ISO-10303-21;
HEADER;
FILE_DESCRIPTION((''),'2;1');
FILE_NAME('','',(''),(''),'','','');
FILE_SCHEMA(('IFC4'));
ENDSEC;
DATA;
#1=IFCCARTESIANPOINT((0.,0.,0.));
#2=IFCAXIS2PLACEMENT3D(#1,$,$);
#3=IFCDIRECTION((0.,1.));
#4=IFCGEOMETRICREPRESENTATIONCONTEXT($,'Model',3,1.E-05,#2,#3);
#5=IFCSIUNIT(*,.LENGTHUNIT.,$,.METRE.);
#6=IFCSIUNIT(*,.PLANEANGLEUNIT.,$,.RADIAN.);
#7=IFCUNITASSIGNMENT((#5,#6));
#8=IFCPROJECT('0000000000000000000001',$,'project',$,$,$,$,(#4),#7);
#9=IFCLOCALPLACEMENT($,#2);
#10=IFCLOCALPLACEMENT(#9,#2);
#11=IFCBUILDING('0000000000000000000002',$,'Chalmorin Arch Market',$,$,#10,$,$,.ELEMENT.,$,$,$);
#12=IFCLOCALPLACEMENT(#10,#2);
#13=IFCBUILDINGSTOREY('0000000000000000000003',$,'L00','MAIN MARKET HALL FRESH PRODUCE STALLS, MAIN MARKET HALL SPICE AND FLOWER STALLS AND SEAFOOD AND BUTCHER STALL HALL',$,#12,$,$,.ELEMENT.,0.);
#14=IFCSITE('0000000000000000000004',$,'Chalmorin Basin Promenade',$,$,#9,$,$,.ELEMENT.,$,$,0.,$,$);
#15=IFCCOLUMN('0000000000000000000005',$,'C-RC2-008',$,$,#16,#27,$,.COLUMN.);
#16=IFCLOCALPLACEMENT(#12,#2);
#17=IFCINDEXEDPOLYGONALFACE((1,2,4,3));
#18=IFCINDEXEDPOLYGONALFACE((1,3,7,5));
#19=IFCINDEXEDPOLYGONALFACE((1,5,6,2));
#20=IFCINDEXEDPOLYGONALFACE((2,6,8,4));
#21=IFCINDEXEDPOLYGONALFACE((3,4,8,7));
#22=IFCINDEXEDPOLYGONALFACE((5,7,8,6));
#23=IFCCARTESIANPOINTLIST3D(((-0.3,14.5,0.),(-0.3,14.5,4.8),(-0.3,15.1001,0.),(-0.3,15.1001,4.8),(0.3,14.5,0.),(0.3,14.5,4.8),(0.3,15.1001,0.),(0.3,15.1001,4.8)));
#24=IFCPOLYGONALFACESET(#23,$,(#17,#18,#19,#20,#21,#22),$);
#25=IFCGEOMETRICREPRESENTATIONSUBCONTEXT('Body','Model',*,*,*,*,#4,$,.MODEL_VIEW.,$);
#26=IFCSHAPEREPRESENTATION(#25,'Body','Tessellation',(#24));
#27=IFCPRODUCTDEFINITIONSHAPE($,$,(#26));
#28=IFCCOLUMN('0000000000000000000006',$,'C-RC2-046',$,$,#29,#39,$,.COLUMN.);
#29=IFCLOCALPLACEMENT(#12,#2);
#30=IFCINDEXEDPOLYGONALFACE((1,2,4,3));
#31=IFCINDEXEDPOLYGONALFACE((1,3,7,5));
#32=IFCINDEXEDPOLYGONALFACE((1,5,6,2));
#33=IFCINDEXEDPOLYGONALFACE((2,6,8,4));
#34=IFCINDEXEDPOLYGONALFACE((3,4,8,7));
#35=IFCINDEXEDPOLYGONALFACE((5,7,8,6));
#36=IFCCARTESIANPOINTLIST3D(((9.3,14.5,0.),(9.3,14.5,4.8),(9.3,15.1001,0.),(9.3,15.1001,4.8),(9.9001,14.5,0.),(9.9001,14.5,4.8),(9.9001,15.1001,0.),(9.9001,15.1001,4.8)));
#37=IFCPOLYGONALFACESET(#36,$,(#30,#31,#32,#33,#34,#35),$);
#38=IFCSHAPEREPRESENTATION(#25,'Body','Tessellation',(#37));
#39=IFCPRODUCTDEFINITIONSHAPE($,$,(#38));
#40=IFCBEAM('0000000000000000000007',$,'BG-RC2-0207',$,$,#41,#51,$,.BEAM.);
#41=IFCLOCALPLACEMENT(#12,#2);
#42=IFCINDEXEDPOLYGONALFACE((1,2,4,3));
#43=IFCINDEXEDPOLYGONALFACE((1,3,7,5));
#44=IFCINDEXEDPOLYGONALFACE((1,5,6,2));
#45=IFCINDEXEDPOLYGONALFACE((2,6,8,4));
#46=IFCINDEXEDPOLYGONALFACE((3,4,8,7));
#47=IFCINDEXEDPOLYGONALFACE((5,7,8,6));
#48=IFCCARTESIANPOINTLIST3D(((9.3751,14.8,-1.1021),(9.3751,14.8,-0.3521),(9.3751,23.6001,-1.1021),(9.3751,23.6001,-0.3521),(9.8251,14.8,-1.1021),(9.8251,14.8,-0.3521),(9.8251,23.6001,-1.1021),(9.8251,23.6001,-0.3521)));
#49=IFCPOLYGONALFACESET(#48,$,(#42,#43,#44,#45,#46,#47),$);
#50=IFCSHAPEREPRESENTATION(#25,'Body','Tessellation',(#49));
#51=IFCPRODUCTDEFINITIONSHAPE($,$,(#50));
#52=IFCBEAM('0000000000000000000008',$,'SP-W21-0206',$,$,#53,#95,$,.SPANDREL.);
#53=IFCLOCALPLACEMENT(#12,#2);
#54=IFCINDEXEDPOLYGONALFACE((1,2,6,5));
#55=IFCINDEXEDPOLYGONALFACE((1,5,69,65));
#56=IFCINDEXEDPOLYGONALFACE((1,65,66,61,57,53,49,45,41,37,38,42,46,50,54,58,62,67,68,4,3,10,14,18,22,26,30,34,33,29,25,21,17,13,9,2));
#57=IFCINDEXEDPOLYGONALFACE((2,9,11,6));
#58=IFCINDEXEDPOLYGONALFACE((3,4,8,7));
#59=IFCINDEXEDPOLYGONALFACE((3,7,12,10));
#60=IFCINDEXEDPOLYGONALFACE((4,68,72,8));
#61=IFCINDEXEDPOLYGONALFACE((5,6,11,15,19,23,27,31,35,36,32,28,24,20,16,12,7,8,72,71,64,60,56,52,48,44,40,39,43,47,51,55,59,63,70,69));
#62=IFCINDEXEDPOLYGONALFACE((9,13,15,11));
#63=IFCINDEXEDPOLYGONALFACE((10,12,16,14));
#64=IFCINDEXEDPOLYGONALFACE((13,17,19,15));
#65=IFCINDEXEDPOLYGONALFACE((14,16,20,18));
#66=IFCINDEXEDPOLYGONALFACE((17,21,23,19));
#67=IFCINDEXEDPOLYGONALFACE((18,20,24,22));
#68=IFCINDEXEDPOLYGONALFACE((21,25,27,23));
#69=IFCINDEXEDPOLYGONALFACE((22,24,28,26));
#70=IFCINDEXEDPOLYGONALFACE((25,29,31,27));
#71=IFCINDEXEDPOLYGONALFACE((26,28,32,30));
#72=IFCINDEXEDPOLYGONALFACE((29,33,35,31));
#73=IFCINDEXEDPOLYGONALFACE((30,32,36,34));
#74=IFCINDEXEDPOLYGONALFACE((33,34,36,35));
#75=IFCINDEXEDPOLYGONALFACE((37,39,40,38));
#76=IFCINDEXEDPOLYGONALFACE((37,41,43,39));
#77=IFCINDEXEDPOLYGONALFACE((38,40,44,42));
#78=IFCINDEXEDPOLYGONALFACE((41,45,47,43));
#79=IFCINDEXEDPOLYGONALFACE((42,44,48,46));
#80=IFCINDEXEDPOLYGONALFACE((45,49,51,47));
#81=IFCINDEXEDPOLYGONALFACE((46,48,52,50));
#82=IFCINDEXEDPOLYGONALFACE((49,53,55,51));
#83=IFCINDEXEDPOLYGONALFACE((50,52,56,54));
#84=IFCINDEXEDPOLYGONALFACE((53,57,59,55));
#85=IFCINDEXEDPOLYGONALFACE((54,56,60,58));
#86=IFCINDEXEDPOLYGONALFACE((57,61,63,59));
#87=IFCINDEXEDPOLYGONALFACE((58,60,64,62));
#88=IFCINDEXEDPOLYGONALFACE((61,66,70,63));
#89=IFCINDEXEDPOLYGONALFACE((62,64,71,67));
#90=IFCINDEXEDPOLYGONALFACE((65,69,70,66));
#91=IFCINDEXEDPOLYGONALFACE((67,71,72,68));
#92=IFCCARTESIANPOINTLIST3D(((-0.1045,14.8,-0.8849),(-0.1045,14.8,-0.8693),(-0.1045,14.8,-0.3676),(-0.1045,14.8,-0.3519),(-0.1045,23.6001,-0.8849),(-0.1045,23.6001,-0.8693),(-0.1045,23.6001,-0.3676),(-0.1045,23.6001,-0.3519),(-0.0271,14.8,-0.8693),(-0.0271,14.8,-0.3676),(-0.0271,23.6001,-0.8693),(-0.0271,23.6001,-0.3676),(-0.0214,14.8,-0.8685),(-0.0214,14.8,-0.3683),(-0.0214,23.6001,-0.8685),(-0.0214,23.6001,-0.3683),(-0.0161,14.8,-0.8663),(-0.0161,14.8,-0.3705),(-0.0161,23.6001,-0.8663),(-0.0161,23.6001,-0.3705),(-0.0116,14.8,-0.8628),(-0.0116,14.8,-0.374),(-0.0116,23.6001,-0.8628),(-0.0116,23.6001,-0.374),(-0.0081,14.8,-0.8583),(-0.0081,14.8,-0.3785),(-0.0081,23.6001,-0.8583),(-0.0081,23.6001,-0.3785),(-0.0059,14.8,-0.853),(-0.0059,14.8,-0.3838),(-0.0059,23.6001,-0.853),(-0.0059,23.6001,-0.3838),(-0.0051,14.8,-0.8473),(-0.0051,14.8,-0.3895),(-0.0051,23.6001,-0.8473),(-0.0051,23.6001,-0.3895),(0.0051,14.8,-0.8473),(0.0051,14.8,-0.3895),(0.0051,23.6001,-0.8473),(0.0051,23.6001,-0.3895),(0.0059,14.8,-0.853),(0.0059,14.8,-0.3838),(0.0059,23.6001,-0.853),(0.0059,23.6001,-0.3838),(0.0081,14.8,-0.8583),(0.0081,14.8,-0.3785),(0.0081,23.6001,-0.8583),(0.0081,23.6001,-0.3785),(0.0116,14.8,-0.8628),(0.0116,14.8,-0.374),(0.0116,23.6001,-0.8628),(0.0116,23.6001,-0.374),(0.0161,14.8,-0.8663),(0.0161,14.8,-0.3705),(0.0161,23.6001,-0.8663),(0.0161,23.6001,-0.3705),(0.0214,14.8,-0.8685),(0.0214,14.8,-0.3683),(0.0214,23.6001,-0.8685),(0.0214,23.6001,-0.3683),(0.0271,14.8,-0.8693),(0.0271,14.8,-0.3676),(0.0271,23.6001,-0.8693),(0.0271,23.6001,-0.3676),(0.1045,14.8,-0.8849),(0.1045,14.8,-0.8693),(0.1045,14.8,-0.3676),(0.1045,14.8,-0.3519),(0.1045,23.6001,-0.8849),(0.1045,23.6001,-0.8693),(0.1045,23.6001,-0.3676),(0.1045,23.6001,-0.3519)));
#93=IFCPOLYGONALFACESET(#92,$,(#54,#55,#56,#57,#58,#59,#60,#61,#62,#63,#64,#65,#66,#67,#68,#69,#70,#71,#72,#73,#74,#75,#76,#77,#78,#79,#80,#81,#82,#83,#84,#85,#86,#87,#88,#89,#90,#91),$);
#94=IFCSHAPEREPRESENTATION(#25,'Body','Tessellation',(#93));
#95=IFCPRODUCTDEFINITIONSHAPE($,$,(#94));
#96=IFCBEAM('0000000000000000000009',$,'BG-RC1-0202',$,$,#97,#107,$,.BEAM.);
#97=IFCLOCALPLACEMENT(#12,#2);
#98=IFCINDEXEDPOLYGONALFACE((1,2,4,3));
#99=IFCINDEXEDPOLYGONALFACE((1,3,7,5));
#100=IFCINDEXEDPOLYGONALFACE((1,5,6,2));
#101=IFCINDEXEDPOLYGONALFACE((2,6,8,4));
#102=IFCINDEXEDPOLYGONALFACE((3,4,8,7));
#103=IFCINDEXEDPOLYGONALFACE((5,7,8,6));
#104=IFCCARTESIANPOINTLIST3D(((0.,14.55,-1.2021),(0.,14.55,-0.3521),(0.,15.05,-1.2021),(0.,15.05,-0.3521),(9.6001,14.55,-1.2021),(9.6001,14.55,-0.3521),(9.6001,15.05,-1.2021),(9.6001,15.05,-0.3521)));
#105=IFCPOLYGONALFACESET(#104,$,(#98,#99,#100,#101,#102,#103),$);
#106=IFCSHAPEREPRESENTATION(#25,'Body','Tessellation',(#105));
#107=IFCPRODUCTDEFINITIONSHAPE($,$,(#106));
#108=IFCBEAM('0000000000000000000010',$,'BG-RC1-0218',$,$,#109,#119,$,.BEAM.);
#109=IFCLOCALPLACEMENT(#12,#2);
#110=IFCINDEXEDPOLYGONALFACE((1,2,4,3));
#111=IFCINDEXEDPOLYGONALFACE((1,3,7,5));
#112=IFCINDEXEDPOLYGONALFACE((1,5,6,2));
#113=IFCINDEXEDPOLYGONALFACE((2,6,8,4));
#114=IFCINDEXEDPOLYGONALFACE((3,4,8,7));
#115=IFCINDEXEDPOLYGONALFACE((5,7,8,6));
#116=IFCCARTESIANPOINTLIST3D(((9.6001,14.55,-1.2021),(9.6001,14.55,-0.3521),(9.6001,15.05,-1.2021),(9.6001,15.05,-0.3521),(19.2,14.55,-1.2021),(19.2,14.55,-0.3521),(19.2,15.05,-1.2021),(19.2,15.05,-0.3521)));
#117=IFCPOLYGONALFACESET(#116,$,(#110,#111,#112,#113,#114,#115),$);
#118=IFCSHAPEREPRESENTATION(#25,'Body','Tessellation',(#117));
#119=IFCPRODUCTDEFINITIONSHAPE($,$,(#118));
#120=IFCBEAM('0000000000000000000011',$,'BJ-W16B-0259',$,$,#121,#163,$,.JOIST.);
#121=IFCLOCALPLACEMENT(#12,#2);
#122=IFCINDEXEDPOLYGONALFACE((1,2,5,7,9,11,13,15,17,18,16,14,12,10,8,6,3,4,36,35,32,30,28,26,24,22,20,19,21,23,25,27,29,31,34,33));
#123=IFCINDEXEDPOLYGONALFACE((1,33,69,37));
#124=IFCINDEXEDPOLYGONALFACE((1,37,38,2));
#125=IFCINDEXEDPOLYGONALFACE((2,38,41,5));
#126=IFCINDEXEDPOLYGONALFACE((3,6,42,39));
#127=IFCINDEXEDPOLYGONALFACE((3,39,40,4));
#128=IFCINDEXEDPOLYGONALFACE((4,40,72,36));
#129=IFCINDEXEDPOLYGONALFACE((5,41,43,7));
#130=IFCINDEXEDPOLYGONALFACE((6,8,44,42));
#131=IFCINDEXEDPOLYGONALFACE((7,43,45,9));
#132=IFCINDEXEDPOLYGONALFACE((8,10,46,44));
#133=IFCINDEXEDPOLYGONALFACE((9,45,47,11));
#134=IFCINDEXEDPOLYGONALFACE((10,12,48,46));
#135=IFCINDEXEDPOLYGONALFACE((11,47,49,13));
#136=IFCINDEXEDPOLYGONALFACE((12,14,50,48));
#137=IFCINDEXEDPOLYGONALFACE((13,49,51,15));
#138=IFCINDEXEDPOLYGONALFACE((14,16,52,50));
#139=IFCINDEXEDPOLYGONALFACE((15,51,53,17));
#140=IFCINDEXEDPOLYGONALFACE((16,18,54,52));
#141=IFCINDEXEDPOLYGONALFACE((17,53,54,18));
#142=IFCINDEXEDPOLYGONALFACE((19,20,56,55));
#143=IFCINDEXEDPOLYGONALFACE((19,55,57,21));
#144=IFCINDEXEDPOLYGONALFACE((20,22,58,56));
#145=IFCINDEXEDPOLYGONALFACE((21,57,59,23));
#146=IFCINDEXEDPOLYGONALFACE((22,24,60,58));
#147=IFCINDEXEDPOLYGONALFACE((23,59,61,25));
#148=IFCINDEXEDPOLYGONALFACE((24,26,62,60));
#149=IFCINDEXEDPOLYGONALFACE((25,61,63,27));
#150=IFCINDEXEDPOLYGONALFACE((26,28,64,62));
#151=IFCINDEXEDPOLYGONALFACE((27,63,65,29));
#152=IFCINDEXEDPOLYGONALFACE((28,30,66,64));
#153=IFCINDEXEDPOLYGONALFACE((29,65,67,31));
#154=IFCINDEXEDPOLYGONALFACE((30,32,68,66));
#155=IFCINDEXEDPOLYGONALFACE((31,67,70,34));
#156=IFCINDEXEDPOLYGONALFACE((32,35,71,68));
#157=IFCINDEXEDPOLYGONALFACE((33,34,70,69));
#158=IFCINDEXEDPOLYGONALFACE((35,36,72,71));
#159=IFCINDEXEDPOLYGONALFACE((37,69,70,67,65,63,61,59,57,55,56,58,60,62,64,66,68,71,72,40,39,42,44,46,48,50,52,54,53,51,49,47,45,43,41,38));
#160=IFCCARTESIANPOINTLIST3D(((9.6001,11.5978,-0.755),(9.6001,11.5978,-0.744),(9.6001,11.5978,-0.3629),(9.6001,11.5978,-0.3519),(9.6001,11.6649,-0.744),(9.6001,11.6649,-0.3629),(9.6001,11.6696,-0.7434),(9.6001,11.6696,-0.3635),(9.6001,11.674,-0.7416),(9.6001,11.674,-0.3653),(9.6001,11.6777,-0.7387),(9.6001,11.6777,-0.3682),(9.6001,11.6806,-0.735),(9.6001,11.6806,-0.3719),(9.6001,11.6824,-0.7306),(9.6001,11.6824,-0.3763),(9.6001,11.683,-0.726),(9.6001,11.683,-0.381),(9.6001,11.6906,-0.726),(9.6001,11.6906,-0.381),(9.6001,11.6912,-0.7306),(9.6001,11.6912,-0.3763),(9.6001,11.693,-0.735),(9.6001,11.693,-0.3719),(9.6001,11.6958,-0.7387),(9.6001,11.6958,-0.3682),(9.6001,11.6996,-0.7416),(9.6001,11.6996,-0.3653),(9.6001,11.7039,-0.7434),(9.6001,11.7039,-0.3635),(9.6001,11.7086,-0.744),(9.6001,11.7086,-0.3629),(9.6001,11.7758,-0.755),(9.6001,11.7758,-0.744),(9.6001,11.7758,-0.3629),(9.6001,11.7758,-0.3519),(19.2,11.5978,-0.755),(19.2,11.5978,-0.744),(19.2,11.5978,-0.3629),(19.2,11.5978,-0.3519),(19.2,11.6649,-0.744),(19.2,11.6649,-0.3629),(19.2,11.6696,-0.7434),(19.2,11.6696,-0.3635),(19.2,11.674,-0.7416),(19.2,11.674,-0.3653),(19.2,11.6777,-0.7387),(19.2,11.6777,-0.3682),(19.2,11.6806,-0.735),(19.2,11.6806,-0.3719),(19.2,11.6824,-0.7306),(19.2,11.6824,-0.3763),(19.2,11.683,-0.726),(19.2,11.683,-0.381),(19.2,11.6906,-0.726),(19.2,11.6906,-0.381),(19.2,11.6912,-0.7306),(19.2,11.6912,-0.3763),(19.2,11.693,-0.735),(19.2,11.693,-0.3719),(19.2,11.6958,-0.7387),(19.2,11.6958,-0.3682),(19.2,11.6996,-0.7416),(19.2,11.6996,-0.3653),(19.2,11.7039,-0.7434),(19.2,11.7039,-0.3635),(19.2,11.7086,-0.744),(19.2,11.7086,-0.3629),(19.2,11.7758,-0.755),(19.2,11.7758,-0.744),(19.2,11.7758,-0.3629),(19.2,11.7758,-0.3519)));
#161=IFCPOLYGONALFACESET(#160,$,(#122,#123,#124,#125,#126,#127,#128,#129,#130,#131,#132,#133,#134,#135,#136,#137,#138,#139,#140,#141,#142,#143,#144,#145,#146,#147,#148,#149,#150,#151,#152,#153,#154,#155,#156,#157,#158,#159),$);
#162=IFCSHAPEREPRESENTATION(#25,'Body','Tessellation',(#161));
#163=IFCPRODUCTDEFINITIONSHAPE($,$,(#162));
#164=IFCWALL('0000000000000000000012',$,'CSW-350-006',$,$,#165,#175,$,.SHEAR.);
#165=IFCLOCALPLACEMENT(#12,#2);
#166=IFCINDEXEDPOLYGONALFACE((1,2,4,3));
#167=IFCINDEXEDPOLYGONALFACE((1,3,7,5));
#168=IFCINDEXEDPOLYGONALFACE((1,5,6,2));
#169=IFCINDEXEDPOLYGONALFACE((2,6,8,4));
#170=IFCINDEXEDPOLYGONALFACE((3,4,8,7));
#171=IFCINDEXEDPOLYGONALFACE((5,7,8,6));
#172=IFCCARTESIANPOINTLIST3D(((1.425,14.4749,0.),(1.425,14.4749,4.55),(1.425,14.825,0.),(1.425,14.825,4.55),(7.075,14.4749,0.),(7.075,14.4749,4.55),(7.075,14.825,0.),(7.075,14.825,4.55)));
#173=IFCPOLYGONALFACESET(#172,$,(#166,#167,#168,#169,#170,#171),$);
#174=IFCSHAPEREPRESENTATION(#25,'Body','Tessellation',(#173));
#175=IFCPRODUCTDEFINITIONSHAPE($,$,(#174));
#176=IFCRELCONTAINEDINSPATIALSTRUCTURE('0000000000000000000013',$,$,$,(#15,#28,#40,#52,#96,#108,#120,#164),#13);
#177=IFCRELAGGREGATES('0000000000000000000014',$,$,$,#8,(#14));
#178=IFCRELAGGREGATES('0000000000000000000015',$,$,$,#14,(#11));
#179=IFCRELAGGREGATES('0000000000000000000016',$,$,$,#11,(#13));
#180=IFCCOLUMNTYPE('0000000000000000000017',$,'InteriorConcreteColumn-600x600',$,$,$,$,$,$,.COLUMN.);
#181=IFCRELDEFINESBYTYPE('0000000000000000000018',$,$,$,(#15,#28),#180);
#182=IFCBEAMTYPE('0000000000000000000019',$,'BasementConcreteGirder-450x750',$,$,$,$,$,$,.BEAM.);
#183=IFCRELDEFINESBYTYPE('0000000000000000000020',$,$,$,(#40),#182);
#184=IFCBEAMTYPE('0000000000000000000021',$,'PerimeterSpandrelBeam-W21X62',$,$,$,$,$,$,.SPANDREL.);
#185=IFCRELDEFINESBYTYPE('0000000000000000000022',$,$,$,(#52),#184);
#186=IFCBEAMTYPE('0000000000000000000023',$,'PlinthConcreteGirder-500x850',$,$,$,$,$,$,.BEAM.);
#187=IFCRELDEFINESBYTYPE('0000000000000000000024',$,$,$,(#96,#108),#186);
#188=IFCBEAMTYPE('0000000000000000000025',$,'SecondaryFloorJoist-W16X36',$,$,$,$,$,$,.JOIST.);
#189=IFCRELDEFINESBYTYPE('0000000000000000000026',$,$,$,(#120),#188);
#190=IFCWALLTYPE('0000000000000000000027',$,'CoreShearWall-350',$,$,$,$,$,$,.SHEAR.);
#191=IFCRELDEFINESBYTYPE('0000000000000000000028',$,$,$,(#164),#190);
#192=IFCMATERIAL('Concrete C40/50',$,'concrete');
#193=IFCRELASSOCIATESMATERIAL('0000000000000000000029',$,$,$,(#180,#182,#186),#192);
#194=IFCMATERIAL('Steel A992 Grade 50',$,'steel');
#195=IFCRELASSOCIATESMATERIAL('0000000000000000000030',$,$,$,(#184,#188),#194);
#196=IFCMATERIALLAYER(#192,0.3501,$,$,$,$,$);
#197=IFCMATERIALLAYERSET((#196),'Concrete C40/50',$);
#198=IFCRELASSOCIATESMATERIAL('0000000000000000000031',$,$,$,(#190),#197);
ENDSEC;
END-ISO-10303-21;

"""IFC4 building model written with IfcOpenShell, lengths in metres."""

from ifc_helpers import new_model, si_unit, direction, frame, frame_2d, origin, origin_2d, place, context, subcontext, project, spatial, rectangle, i_section, extrude, material, layer, layer_set, material_profile, profile_set, type_object, element, save


model = new_model("IFC4")

# Units and contexts
model_context = context("Model", 3, precision=1e-05, world=origin(), true_north=direction((0.0, 1.0)))
body_context = subcontext(model_context, "Body", "Model", "MODEL_VIEW")
ifc_project = project(units=[si_unit("LENGTHUNIT", "METRE"), si_unit("PLANEANGLEUNIT", "RADIAN")], contexts=[model_context])

# Site, building, storey
site_placement = place(None, origin())
site = spatial("IfcSite", under=ifc_project, at=site_placement, Name="Chalmorin Basin Promenade", CompositionType="ELEMENT", RefElevation=0.0)
building_placement = place(site_placement, origin())
building = spatial("IfcBuilding", under=site, at=building_placement, Name="Chalmorin Arch Market", CompositionType="ELEMENT")
storey_placement = place(building_placement, origin())
storey = spatial("IfcBuildingStorey", under=building, at=storey_placement, Name="L00", Description="MAIN MARKET HALL FRESH PRODUCE STALLS, MAIN MARKET HALL SPICE AND FLOWER STALLS AND SEAFOOD AND BUTCHER STALL HALL", CompositionType="ELEMENT", Elevation=0.0)

# Columns
ifc_material_1 = material(Name="Concrete C40/50", Category="concrete")
ifc_material_profile_1 = material_profile(ifc_material_1, rectangle(XDim=0.6001, YDim=0.6001, at=origin_2d()), Name="RC600X600")
ifc_profile_set_1 = profile_set([ifc_material_profile_1], Name="Concrete C40/50")
column_type = type_object("IfcColumnType", Name="InteriorConcreteColumn-600x600", PredefinedType="COLUMN", material=ifc_profile_set_1)
for number, where, z_axis, x_axis, name in (
    (1, (0.0, 14.8, 0.0), (0.0, 0.0, 1.0), (1.0, 0.0, 0.0), "C-RC2-008"),
    (2, (9.6001, 14.8, 0.0), (0.0, 0.0, 1.0), (1.0, 0.0, 0.0), "C-RC2-046"),
):
    element("IfcColumn", number, at=place(storey_placement, frame(where, z_axis=z_axis, x_axis=x_axis)), inside=storey, type_object=column_type, Name=name, PredefinedType="COLUMN", context=body_context, shape_type="SweptSolid", body=[
        extrude(rectangle(XDim=0.6001, YDim=0.6001, at=origin_2d()), origin(), (0.0, 0.0, 1.0), 4.8),
    ])

# Beams
ifc_material_profile_2 = material_profile(ifc_material_1, rectangle(XDim=0.45, YDim=0.75, at=origin_2d()), Name="RC450X750")
ifc_profile_set_2 = profile_set([ifc_material_profile_2], Name="Concrete C40/50")
beam_type_1 = type_object("IfcBeamType", Name="BasementConcreteGirder-450x750", PredefinedType="BEAM", material=ifc_profile_set_2)
beam_1_placement = place(storey_placement, frame((9.6001, 14.8, -0.7271), z_axis=(0.0, 1.0, 0.0), x_axis=(-1.0, 0.0, 0.0)))
element("IfcBeam", 3, at=beam_1_placement, inside=storey, type_object=beam_type_1, Name="BG-RC2-0207", PredefinedType="BEAM", context=body_context, shape_type="SweptSolid", body=[
    extrude(rectangle(XDim=0.45, YDim=0.75, at=origin_2d()), origin(), (0.0, 0.0, 1.0), 8.8),
])
ifc_material_2 = material(Name="Steel A992 Grade 50", Category="steel")
ifc_material_profile_3 = material_profile(ifc_material_2, i_section(OverallWidth=0.209, OverallDepth=0.533, WebThickness=0.0103, FlangeThickness=0.0156, FilletRadius=0.022, at=origin_2d()), Name="W21X62")
ifc_profile_set_3 = profile_set([ifc_material_profile_3], Name="Steel A992 Grade 50")
beam_type_2 = type_object("IfcBeamType", Name="PerimeterSpandrelBeam-W21X62", PredefinedType="SPANDREL", material=ifc_profile_set_3)
beam_2_placement = place(storey_placement, frame((0.0, 14.8, -0.6184), z_axis=(0.0, 1.0, 0.0), x_axis=(-1.0, 0.0, 0.0)))
element("IfcBeam", 4, at=beam_2_placement, inside=storey, type_object=beam_type_2, Name="SP-W21-0206", PredefinedType="SPANDREL", context=body_context, shape_type="SweptSolid", body=[
    extrude(i_section(OverallWidth=0.209, OverallDepth=0.533, WebThickness=0.0103, FlangeThickness=0.0156, FilletRadius=0.022, at=origin_2d()), origin(), (0.0, 0.0, 1.0), 8.8),
])
ifc_material_profile_4 = material_profile(ifc_material_1, rectangle(XDim=0.5, YDim=0.8501, at=origin_2d()), Name="RC500X850")
ifc_profile_set_4 = profile_set([ifc_material_profile_4], Name="Concrete C40/50")
beam_type_3 = type_object("IfcBeamType", Name="PlinthConcreteGirder-500x850", PredefinedType="BEAM", material=ifc_profile_set_4)
beam_3_placement = place(storey_placement, frame((0.0, 14.8, -0.7771), z_axis=(1.0, 0.0, 0.0), x_axis=(0.0, 1.0, 0.0)))
element("IfcBeam", 5, at=beam_3_placement, inside=storey, type_object=beam_type_3, Name="BG-RC1-0202", PredefinedType="BEAM", context=body_context, shape_type="SweptSolid", body=[
    extrude(rectangle(XDim=0.5, YDim=0.8501, at=origin_2d()), origin(), (0.0, 0.0, 1.0), 9.6001),
])
beam_4_placement = place(storey_placement, frame((9.6001, 14.8, -0.7771), z_axis=(1.0, 0.0, 0.0), x_axis=(0.0, 1.0, 0.0)))
element("IfcBeam", 6, at=beam_4_placement, inside=storey, type_object=beam_type_3, Name="BG-RC1-0218", PredefinedType="BEAM", context=body_context, shape_type="SweptSolid", body=[
    extrude(rectangle(XDim=0.5, YDim=0.8501, at=origin_2d()), origin(), (0.0, 0.0, 1.0), 9.5999),
])
ifc_material_profile_5 = material_profile(ifc_material_2, i_section(OverallWidth=0.178, OverallDepth=0.4031, WebThickness=0.0076, FlangeThickness=0.011, FilletRadius=0.0181, at=origin_2d()), Name="W16X36")
ifc_profile_set_5 = profile_set([ifc_material_profile_5], Name="Steel A992 Grade 50")
beam_type_4 = type_object("IfcBeamType", Name="SecondaryFloorJoist-W16X36", PredefinedType="JOIST", material=ifc_profile_set_5)
beam_5_placement = place(storey_placement, frame((9.6001, 11.6868, -0.5535), z_axis=(1.0, 0.0, 0.0), x_axis=(0.0, 1.0, 0.0)))
element("IfcBeam", 7, at=beam_5_placement, inside=storey, type_object=beam_type_4, Name="BJ-W16B-0259", PredefinedType="JOIST", context=body_context, shape_type="SweptSolid", body=[
    extrude(i_section(OverallWidth=0.178, OverallDepth=0.4031, WebThickness=0.0076, FlangeThickness=0.011, FilletRadius=0.0181, at=origin_2d()), origin(), (0.0, 0.0, 1.0), 9.5999),
])

# Wall
ifc_layer_1 = layer(ifc_material_1, 0.3501)
ifc_layer_set_1 = layer_set([ifc_layer_1], Name="Concrete C40/50")
wall_type_1 = type_object("IfcWallType", Name="CoreShearWall-350", PredefinedType="SHEAR", material=ifc_layer_set_1)
wall_1_placement = place(storey_placement, frame((1.425, 14.6499, 0.0), z_axis=(0.0, 0.0, 1.0), x_axis=(1.0, 0.0, 0.0)))
element("IfcWall", 8, at=wall_1_placement, inside=storey, type_object=wall_type_1, Name="CSW-350-006", PredefinedType="SHEAR", context=body_context, shape_type="SweptSolid", body=[
    extrude(rectangle(XDim=5.6499, YDim=0.3501, at=frame_2d((2.825, 0.0))), origin(), (0.0, 0.0, 1.0), 4.55),
])

save(model, "model.ifc")
